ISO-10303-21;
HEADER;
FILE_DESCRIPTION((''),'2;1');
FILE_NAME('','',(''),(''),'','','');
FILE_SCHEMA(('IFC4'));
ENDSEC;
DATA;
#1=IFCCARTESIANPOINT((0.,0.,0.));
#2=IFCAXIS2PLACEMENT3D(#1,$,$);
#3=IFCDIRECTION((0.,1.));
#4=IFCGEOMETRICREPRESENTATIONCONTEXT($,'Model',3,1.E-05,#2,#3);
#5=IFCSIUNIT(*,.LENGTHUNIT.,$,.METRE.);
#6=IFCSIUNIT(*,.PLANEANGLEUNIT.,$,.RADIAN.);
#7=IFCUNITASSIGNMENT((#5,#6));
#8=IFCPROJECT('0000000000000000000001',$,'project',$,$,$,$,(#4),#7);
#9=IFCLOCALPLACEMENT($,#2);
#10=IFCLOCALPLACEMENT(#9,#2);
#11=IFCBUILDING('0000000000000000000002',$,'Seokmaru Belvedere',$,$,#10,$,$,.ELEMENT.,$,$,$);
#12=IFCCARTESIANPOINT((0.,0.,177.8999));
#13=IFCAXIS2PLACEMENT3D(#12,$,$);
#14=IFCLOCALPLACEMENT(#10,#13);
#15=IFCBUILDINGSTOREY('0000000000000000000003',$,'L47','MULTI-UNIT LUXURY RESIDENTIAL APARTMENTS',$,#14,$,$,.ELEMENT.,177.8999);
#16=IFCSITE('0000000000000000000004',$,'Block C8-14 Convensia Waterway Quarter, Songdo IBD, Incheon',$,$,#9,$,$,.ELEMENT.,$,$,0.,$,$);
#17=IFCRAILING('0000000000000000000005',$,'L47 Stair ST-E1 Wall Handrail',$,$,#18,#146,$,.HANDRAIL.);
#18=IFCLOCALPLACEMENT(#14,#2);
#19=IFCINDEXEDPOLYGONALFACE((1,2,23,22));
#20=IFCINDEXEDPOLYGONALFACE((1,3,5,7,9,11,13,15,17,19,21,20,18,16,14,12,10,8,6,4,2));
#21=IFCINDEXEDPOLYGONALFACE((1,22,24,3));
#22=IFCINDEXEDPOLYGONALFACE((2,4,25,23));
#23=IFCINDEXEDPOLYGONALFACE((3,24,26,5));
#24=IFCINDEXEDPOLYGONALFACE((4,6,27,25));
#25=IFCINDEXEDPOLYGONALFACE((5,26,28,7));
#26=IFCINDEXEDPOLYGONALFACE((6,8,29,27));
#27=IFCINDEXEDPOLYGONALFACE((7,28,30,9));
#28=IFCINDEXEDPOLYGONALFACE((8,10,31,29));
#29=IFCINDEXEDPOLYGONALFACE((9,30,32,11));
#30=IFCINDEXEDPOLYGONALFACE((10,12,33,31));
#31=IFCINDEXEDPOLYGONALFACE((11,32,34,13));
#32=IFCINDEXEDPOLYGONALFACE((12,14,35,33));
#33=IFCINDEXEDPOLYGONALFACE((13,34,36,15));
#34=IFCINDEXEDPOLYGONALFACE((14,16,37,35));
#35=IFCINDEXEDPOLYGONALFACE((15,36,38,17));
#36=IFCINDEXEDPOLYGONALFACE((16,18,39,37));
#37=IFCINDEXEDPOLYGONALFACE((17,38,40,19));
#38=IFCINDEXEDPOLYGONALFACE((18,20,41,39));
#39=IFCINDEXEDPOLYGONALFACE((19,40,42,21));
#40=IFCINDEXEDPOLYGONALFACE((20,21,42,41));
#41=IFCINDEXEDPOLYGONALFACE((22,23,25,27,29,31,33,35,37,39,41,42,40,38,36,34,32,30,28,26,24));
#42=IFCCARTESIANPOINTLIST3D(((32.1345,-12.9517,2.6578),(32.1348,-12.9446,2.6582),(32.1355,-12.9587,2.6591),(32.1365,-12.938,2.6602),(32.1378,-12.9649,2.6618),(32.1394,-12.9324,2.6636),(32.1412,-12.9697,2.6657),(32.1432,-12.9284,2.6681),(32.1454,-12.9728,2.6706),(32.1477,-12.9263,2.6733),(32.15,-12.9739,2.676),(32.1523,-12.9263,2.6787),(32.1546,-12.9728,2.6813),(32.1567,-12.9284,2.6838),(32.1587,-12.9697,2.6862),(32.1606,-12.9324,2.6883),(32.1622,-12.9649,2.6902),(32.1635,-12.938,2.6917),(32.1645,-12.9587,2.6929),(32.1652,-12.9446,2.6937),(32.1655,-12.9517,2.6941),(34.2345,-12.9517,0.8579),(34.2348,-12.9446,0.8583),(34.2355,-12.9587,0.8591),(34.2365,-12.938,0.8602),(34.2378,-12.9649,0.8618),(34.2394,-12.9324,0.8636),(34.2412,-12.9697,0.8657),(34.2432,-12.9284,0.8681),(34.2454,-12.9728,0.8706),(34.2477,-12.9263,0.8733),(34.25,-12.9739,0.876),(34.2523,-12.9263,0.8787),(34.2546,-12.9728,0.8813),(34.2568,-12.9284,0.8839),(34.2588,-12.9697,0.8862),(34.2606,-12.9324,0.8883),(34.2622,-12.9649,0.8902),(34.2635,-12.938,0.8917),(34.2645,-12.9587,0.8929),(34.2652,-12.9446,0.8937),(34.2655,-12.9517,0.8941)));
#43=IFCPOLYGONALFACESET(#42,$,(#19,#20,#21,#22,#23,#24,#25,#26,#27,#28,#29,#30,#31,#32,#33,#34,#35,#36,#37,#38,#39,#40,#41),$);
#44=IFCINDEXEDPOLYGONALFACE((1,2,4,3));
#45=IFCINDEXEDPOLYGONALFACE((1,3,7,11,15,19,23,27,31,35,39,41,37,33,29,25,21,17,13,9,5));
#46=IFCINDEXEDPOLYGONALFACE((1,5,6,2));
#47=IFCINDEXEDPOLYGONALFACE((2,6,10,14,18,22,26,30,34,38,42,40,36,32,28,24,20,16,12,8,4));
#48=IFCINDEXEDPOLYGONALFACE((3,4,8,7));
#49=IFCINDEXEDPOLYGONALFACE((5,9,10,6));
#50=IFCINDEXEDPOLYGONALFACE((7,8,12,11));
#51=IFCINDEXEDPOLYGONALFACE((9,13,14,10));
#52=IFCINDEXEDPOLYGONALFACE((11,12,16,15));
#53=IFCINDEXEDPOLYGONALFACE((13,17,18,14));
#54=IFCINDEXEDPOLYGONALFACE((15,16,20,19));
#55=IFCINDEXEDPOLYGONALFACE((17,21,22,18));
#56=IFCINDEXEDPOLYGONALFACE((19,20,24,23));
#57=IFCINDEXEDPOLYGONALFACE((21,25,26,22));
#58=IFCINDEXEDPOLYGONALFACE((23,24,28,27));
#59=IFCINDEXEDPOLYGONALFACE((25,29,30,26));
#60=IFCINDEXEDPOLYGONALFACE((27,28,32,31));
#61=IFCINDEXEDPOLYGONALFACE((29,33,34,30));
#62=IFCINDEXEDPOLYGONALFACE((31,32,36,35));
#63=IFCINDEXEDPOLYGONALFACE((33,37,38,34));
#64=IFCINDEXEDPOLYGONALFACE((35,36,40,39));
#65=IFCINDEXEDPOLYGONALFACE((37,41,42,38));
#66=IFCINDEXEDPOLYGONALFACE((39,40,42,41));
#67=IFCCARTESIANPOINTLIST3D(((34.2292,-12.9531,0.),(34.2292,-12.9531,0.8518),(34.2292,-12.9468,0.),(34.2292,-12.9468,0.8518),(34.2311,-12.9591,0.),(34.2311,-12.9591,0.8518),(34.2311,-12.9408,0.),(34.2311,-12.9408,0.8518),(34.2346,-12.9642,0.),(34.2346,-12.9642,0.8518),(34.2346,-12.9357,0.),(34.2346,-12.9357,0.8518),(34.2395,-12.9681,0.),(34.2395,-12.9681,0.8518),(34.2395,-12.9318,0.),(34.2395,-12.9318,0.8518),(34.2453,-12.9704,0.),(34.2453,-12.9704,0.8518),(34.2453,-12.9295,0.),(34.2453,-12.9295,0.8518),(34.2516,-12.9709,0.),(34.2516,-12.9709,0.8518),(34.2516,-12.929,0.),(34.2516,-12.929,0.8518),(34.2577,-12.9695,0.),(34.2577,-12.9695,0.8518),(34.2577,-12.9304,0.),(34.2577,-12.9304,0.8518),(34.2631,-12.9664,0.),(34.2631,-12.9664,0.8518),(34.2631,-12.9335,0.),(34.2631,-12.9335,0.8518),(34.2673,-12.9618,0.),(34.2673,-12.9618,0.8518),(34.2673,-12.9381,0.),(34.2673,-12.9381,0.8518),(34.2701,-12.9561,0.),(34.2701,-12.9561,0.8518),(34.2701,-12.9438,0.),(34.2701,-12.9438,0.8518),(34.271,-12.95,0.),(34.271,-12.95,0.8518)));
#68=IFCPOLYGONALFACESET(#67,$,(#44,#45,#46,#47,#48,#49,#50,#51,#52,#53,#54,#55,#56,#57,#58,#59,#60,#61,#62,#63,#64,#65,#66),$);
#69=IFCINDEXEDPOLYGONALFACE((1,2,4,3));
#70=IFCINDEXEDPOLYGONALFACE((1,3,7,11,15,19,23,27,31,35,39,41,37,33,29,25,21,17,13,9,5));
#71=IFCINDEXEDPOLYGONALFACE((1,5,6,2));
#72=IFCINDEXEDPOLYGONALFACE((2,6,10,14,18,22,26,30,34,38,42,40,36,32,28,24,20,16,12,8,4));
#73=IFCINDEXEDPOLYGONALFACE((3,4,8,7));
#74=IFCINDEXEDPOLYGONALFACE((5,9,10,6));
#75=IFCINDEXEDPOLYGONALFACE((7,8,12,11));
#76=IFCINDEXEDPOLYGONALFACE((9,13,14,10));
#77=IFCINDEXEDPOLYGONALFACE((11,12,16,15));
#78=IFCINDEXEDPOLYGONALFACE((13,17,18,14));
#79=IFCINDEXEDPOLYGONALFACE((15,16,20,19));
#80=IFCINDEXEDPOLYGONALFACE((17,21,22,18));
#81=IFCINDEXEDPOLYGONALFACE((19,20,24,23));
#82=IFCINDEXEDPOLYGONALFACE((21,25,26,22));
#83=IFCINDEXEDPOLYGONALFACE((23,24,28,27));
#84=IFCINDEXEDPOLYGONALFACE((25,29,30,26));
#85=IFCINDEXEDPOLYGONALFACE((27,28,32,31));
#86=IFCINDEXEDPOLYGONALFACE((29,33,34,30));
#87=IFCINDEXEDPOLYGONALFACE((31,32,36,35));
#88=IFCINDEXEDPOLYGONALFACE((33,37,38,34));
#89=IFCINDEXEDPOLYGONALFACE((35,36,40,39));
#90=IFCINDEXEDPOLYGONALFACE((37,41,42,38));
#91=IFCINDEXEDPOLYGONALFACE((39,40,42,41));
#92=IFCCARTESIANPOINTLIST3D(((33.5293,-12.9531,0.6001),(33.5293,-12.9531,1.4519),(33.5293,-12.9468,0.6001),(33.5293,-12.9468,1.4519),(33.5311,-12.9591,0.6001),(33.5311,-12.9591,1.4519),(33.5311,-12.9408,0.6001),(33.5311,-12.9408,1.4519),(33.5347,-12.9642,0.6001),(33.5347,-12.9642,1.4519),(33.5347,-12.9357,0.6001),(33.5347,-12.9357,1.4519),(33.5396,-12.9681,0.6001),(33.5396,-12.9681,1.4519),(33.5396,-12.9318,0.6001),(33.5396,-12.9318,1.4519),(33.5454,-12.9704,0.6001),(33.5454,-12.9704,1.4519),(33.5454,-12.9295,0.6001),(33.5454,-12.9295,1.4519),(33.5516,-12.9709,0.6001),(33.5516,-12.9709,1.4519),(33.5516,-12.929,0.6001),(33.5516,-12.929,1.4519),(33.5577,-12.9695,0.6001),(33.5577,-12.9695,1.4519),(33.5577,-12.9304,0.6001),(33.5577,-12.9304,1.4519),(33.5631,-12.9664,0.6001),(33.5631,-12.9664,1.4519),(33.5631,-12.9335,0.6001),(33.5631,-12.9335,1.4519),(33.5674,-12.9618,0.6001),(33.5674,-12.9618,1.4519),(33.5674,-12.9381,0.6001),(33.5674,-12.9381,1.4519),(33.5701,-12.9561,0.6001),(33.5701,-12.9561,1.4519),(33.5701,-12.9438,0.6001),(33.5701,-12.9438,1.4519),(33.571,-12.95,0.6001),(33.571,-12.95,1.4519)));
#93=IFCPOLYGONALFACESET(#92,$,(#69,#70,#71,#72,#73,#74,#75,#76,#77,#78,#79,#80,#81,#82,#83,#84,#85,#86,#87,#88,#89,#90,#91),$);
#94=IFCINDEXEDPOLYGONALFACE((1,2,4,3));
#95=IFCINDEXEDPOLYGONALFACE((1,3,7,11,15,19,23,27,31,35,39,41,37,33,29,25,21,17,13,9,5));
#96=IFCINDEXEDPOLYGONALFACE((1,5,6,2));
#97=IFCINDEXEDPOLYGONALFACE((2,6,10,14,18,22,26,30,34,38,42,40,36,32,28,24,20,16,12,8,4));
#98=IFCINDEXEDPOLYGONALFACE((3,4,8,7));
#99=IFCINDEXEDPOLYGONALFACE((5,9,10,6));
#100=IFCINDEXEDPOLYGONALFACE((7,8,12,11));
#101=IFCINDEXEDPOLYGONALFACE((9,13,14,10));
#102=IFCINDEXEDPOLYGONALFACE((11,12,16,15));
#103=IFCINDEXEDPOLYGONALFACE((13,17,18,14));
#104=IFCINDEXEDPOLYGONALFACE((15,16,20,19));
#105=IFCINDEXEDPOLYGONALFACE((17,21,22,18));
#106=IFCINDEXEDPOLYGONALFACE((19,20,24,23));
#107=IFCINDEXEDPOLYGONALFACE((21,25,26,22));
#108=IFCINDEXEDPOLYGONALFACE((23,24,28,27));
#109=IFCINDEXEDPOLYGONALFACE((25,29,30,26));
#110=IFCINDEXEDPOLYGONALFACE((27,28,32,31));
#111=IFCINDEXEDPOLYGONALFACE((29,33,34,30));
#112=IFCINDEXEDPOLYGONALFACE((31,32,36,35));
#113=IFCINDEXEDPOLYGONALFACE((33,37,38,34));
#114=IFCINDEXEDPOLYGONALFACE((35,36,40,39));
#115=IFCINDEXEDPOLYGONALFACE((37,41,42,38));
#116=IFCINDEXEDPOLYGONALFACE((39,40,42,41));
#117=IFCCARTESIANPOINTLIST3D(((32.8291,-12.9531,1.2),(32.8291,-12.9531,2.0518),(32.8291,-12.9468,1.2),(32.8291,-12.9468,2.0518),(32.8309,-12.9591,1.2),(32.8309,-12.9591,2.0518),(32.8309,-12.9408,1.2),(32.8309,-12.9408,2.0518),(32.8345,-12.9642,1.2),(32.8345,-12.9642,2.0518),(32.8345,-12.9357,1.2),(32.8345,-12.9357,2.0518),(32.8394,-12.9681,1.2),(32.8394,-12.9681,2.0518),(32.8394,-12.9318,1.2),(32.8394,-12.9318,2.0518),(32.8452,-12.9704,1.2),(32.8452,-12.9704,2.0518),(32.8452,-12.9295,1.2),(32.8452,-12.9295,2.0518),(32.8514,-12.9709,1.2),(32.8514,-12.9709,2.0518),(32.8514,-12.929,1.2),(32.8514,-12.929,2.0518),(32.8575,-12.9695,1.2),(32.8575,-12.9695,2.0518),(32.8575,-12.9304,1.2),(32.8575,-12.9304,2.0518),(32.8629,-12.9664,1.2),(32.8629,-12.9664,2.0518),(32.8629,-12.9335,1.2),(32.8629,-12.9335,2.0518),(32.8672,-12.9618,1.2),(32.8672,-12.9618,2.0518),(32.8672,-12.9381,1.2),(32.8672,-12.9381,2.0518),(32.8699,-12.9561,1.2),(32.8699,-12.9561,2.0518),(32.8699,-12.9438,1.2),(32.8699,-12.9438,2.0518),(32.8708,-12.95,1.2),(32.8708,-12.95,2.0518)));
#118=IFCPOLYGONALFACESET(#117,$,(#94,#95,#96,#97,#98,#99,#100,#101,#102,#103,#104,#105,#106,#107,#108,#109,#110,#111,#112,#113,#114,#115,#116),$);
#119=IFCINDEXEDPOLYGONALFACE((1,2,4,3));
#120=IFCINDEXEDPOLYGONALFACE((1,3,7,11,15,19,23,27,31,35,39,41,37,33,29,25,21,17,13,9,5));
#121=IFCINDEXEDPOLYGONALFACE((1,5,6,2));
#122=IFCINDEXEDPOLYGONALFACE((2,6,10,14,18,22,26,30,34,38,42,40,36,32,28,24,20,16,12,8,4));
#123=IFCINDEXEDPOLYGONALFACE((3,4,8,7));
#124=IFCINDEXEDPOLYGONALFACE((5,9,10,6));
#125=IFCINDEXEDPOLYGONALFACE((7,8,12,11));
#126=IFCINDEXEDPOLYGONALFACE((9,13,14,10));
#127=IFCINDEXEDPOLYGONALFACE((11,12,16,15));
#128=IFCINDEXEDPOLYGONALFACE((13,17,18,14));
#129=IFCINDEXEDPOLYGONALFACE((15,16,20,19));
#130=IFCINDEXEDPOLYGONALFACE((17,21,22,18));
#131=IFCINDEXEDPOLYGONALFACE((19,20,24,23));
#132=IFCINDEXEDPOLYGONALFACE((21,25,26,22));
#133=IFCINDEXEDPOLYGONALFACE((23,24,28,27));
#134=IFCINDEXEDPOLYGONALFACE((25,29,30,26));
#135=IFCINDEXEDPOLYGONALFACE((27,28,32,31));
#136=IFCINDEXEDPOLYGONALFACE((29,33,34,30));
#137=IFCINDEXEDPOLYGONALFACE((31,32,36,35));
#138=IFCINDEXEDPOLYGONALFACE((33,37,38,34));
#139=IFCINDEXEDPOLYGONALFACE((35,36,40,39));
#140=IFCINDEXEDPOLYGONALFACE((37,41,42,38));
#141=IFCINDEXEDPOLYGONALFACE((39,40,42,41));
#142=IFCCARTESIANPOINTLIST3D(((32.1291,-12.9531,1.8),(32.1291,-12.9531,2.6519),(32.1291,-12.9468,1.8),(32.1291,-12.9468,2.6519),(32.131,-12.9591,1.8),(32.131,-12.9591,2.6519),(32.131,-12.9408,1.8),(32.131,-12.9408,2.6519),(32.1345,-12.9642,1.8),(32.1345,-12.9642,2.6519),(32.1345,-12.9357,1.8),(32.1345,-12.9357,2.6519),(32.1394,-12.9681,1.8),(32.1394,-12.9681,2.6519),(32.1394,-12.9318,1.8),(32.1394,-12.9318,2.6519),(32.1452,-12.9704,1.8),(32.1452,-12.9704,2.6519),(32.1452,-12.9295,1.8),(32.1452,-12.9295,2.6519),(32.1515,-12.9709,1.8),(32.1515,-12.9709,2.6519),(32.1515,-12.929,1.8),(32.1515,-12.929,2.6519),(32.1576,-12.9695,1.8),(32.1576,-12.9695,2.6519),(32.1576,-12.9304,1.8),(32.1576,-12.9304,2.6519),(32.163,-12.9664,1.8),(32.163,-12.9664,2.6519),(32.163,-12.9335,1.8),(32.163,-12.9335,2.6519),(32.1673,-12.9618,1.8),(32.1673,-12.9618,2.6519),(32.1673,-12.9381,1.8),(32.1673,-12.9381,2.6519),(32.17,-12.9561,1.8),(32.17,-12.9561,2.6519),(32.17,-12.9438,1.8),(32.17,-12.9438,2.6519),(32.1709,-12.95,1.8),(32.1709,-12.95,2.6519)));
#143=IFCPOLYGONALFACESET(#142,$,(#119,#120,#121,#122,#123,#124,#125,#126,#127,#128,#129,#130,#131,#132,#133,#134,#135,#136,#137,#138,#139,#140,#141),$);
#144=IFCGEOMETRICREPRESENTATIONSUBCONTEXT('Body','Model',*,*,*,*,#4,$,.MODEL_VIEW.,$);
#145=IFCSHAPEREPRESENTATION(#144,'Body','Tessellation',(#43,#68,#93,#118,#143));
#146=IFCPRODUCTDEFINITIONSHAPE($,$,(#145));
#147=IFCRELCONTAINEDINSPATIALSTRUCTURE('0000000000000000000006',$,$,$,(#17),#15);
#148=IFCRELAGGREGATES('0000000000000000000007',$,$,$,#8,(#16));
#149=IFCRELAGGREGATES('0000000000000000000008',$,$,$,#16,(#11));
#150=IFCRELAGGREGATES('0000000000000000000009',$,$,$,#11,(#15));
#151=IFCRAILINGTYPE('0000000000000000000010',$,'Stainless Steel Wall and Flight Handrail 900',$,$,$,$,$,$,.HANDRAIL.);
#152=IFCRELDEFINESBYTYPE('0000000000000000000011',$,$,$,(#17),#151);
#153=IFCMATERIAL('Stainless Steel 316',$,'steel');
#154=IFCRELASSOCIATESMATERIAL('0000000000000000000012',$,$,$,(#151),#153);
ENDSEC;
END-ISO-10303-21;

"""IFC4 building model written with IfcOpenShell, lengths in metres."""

from ifc_helpers import new_model, si_unit, direction, frame, origin, origin_2d, place, context, subcontext, project, spatial, circle, extrude, material, type_object, element, save


model = new_model("IFC4")

# Units and contexts
model_context = context("Model", 3, precision=1e-05, world=origin(), true_north=direction((0.0, 1.0)))
body_context = subcontext(model_context, "Body", "Model", "MODEL_VIEW")
ifc_project = project(units=[si_unit("LENGTHUNIT", "METRE"), si_unit("PLANEANGLEUNIT", "RADIAN")], contexts=[model_context])

# Site, building, storey
site_placement = place(None, origin())
site = spatial("IfcSite", under=ifc_project, at=site_placement, Name="Block C8-14 Convensia Waterway Quarter, Songdo IBD, Incheon", CompositionType="ELEMENT", RefElevation=0.0)
building_placement = place(site_placement, origin())
building = spatial("IfcBuilding", under=site, at=building_placement, Name="Seokmaru Belvedere", CompositionType="ELEMENT")
storey_placement = place(building_placement, frame((0.0, 0.0, 177.8999)))
storey = spatial("IfcBuildingStorey", under=building, at=storey_placement, Name="L47", Description="MULTI-UNIT LUXURY RESIDENTIAL APARTMENTS", CompositionType="ELEMENT", Elevation=177.8999)

# Shared definitions
ifc_material_1 = material(Name="Stainless Steel 316", Category="steel")

# Railing
railing_type = type_object("IfcRailingType", Name="Stainless Steel Wall and Flight Handrail 900", PredefinedType="HANDRAIL", material=ifc_material_1)
railing_placement = place(storey_placement, frame((34.25, -12.95, 0.0)))
element("IfcRailing", 1, at=railing_placement, inside=storey, type_object=railing_type, Name="L47 Stair ST-E1 Wall Handrail", PredefinedType="HANDRAIL", context=body_context, shape_type="SweptSolid", body=[
    extrude(circle(Radius=0.0239, at=origin_2d()), frame((0.0, 0.0, 0.876), z_axis=(-0.759263, 0.0, 0.650784), x_axis=(0.0, -1.0, 0.0)), (0.0, 0.0, 1.0), 2.7659),
    extrude(circle(Radius=0.021, at=origin_2d()), origin(), (0.0, 0.0, 1.0), 0.8518),
    extrude(circle(Radius=0.021, at=origin_2d()), frame((-0.7, 0.0, 0.6001)), (0.0, 0.0, 1.0), 0.8518),
    extrude(circle(Radius=0.021, at=origin_2d()), frame((-1.4001, 0.0, 1.2)), (0.0, 0.0, 1.0), 0.8518),
    extrude(circle(Radius=0.021, at=origin_2d()), frame((-2.1001, 0.0, 1.8)), (0.0, 0.0, 1.0), 0.8518),
])

save(model, "model.ifc")
